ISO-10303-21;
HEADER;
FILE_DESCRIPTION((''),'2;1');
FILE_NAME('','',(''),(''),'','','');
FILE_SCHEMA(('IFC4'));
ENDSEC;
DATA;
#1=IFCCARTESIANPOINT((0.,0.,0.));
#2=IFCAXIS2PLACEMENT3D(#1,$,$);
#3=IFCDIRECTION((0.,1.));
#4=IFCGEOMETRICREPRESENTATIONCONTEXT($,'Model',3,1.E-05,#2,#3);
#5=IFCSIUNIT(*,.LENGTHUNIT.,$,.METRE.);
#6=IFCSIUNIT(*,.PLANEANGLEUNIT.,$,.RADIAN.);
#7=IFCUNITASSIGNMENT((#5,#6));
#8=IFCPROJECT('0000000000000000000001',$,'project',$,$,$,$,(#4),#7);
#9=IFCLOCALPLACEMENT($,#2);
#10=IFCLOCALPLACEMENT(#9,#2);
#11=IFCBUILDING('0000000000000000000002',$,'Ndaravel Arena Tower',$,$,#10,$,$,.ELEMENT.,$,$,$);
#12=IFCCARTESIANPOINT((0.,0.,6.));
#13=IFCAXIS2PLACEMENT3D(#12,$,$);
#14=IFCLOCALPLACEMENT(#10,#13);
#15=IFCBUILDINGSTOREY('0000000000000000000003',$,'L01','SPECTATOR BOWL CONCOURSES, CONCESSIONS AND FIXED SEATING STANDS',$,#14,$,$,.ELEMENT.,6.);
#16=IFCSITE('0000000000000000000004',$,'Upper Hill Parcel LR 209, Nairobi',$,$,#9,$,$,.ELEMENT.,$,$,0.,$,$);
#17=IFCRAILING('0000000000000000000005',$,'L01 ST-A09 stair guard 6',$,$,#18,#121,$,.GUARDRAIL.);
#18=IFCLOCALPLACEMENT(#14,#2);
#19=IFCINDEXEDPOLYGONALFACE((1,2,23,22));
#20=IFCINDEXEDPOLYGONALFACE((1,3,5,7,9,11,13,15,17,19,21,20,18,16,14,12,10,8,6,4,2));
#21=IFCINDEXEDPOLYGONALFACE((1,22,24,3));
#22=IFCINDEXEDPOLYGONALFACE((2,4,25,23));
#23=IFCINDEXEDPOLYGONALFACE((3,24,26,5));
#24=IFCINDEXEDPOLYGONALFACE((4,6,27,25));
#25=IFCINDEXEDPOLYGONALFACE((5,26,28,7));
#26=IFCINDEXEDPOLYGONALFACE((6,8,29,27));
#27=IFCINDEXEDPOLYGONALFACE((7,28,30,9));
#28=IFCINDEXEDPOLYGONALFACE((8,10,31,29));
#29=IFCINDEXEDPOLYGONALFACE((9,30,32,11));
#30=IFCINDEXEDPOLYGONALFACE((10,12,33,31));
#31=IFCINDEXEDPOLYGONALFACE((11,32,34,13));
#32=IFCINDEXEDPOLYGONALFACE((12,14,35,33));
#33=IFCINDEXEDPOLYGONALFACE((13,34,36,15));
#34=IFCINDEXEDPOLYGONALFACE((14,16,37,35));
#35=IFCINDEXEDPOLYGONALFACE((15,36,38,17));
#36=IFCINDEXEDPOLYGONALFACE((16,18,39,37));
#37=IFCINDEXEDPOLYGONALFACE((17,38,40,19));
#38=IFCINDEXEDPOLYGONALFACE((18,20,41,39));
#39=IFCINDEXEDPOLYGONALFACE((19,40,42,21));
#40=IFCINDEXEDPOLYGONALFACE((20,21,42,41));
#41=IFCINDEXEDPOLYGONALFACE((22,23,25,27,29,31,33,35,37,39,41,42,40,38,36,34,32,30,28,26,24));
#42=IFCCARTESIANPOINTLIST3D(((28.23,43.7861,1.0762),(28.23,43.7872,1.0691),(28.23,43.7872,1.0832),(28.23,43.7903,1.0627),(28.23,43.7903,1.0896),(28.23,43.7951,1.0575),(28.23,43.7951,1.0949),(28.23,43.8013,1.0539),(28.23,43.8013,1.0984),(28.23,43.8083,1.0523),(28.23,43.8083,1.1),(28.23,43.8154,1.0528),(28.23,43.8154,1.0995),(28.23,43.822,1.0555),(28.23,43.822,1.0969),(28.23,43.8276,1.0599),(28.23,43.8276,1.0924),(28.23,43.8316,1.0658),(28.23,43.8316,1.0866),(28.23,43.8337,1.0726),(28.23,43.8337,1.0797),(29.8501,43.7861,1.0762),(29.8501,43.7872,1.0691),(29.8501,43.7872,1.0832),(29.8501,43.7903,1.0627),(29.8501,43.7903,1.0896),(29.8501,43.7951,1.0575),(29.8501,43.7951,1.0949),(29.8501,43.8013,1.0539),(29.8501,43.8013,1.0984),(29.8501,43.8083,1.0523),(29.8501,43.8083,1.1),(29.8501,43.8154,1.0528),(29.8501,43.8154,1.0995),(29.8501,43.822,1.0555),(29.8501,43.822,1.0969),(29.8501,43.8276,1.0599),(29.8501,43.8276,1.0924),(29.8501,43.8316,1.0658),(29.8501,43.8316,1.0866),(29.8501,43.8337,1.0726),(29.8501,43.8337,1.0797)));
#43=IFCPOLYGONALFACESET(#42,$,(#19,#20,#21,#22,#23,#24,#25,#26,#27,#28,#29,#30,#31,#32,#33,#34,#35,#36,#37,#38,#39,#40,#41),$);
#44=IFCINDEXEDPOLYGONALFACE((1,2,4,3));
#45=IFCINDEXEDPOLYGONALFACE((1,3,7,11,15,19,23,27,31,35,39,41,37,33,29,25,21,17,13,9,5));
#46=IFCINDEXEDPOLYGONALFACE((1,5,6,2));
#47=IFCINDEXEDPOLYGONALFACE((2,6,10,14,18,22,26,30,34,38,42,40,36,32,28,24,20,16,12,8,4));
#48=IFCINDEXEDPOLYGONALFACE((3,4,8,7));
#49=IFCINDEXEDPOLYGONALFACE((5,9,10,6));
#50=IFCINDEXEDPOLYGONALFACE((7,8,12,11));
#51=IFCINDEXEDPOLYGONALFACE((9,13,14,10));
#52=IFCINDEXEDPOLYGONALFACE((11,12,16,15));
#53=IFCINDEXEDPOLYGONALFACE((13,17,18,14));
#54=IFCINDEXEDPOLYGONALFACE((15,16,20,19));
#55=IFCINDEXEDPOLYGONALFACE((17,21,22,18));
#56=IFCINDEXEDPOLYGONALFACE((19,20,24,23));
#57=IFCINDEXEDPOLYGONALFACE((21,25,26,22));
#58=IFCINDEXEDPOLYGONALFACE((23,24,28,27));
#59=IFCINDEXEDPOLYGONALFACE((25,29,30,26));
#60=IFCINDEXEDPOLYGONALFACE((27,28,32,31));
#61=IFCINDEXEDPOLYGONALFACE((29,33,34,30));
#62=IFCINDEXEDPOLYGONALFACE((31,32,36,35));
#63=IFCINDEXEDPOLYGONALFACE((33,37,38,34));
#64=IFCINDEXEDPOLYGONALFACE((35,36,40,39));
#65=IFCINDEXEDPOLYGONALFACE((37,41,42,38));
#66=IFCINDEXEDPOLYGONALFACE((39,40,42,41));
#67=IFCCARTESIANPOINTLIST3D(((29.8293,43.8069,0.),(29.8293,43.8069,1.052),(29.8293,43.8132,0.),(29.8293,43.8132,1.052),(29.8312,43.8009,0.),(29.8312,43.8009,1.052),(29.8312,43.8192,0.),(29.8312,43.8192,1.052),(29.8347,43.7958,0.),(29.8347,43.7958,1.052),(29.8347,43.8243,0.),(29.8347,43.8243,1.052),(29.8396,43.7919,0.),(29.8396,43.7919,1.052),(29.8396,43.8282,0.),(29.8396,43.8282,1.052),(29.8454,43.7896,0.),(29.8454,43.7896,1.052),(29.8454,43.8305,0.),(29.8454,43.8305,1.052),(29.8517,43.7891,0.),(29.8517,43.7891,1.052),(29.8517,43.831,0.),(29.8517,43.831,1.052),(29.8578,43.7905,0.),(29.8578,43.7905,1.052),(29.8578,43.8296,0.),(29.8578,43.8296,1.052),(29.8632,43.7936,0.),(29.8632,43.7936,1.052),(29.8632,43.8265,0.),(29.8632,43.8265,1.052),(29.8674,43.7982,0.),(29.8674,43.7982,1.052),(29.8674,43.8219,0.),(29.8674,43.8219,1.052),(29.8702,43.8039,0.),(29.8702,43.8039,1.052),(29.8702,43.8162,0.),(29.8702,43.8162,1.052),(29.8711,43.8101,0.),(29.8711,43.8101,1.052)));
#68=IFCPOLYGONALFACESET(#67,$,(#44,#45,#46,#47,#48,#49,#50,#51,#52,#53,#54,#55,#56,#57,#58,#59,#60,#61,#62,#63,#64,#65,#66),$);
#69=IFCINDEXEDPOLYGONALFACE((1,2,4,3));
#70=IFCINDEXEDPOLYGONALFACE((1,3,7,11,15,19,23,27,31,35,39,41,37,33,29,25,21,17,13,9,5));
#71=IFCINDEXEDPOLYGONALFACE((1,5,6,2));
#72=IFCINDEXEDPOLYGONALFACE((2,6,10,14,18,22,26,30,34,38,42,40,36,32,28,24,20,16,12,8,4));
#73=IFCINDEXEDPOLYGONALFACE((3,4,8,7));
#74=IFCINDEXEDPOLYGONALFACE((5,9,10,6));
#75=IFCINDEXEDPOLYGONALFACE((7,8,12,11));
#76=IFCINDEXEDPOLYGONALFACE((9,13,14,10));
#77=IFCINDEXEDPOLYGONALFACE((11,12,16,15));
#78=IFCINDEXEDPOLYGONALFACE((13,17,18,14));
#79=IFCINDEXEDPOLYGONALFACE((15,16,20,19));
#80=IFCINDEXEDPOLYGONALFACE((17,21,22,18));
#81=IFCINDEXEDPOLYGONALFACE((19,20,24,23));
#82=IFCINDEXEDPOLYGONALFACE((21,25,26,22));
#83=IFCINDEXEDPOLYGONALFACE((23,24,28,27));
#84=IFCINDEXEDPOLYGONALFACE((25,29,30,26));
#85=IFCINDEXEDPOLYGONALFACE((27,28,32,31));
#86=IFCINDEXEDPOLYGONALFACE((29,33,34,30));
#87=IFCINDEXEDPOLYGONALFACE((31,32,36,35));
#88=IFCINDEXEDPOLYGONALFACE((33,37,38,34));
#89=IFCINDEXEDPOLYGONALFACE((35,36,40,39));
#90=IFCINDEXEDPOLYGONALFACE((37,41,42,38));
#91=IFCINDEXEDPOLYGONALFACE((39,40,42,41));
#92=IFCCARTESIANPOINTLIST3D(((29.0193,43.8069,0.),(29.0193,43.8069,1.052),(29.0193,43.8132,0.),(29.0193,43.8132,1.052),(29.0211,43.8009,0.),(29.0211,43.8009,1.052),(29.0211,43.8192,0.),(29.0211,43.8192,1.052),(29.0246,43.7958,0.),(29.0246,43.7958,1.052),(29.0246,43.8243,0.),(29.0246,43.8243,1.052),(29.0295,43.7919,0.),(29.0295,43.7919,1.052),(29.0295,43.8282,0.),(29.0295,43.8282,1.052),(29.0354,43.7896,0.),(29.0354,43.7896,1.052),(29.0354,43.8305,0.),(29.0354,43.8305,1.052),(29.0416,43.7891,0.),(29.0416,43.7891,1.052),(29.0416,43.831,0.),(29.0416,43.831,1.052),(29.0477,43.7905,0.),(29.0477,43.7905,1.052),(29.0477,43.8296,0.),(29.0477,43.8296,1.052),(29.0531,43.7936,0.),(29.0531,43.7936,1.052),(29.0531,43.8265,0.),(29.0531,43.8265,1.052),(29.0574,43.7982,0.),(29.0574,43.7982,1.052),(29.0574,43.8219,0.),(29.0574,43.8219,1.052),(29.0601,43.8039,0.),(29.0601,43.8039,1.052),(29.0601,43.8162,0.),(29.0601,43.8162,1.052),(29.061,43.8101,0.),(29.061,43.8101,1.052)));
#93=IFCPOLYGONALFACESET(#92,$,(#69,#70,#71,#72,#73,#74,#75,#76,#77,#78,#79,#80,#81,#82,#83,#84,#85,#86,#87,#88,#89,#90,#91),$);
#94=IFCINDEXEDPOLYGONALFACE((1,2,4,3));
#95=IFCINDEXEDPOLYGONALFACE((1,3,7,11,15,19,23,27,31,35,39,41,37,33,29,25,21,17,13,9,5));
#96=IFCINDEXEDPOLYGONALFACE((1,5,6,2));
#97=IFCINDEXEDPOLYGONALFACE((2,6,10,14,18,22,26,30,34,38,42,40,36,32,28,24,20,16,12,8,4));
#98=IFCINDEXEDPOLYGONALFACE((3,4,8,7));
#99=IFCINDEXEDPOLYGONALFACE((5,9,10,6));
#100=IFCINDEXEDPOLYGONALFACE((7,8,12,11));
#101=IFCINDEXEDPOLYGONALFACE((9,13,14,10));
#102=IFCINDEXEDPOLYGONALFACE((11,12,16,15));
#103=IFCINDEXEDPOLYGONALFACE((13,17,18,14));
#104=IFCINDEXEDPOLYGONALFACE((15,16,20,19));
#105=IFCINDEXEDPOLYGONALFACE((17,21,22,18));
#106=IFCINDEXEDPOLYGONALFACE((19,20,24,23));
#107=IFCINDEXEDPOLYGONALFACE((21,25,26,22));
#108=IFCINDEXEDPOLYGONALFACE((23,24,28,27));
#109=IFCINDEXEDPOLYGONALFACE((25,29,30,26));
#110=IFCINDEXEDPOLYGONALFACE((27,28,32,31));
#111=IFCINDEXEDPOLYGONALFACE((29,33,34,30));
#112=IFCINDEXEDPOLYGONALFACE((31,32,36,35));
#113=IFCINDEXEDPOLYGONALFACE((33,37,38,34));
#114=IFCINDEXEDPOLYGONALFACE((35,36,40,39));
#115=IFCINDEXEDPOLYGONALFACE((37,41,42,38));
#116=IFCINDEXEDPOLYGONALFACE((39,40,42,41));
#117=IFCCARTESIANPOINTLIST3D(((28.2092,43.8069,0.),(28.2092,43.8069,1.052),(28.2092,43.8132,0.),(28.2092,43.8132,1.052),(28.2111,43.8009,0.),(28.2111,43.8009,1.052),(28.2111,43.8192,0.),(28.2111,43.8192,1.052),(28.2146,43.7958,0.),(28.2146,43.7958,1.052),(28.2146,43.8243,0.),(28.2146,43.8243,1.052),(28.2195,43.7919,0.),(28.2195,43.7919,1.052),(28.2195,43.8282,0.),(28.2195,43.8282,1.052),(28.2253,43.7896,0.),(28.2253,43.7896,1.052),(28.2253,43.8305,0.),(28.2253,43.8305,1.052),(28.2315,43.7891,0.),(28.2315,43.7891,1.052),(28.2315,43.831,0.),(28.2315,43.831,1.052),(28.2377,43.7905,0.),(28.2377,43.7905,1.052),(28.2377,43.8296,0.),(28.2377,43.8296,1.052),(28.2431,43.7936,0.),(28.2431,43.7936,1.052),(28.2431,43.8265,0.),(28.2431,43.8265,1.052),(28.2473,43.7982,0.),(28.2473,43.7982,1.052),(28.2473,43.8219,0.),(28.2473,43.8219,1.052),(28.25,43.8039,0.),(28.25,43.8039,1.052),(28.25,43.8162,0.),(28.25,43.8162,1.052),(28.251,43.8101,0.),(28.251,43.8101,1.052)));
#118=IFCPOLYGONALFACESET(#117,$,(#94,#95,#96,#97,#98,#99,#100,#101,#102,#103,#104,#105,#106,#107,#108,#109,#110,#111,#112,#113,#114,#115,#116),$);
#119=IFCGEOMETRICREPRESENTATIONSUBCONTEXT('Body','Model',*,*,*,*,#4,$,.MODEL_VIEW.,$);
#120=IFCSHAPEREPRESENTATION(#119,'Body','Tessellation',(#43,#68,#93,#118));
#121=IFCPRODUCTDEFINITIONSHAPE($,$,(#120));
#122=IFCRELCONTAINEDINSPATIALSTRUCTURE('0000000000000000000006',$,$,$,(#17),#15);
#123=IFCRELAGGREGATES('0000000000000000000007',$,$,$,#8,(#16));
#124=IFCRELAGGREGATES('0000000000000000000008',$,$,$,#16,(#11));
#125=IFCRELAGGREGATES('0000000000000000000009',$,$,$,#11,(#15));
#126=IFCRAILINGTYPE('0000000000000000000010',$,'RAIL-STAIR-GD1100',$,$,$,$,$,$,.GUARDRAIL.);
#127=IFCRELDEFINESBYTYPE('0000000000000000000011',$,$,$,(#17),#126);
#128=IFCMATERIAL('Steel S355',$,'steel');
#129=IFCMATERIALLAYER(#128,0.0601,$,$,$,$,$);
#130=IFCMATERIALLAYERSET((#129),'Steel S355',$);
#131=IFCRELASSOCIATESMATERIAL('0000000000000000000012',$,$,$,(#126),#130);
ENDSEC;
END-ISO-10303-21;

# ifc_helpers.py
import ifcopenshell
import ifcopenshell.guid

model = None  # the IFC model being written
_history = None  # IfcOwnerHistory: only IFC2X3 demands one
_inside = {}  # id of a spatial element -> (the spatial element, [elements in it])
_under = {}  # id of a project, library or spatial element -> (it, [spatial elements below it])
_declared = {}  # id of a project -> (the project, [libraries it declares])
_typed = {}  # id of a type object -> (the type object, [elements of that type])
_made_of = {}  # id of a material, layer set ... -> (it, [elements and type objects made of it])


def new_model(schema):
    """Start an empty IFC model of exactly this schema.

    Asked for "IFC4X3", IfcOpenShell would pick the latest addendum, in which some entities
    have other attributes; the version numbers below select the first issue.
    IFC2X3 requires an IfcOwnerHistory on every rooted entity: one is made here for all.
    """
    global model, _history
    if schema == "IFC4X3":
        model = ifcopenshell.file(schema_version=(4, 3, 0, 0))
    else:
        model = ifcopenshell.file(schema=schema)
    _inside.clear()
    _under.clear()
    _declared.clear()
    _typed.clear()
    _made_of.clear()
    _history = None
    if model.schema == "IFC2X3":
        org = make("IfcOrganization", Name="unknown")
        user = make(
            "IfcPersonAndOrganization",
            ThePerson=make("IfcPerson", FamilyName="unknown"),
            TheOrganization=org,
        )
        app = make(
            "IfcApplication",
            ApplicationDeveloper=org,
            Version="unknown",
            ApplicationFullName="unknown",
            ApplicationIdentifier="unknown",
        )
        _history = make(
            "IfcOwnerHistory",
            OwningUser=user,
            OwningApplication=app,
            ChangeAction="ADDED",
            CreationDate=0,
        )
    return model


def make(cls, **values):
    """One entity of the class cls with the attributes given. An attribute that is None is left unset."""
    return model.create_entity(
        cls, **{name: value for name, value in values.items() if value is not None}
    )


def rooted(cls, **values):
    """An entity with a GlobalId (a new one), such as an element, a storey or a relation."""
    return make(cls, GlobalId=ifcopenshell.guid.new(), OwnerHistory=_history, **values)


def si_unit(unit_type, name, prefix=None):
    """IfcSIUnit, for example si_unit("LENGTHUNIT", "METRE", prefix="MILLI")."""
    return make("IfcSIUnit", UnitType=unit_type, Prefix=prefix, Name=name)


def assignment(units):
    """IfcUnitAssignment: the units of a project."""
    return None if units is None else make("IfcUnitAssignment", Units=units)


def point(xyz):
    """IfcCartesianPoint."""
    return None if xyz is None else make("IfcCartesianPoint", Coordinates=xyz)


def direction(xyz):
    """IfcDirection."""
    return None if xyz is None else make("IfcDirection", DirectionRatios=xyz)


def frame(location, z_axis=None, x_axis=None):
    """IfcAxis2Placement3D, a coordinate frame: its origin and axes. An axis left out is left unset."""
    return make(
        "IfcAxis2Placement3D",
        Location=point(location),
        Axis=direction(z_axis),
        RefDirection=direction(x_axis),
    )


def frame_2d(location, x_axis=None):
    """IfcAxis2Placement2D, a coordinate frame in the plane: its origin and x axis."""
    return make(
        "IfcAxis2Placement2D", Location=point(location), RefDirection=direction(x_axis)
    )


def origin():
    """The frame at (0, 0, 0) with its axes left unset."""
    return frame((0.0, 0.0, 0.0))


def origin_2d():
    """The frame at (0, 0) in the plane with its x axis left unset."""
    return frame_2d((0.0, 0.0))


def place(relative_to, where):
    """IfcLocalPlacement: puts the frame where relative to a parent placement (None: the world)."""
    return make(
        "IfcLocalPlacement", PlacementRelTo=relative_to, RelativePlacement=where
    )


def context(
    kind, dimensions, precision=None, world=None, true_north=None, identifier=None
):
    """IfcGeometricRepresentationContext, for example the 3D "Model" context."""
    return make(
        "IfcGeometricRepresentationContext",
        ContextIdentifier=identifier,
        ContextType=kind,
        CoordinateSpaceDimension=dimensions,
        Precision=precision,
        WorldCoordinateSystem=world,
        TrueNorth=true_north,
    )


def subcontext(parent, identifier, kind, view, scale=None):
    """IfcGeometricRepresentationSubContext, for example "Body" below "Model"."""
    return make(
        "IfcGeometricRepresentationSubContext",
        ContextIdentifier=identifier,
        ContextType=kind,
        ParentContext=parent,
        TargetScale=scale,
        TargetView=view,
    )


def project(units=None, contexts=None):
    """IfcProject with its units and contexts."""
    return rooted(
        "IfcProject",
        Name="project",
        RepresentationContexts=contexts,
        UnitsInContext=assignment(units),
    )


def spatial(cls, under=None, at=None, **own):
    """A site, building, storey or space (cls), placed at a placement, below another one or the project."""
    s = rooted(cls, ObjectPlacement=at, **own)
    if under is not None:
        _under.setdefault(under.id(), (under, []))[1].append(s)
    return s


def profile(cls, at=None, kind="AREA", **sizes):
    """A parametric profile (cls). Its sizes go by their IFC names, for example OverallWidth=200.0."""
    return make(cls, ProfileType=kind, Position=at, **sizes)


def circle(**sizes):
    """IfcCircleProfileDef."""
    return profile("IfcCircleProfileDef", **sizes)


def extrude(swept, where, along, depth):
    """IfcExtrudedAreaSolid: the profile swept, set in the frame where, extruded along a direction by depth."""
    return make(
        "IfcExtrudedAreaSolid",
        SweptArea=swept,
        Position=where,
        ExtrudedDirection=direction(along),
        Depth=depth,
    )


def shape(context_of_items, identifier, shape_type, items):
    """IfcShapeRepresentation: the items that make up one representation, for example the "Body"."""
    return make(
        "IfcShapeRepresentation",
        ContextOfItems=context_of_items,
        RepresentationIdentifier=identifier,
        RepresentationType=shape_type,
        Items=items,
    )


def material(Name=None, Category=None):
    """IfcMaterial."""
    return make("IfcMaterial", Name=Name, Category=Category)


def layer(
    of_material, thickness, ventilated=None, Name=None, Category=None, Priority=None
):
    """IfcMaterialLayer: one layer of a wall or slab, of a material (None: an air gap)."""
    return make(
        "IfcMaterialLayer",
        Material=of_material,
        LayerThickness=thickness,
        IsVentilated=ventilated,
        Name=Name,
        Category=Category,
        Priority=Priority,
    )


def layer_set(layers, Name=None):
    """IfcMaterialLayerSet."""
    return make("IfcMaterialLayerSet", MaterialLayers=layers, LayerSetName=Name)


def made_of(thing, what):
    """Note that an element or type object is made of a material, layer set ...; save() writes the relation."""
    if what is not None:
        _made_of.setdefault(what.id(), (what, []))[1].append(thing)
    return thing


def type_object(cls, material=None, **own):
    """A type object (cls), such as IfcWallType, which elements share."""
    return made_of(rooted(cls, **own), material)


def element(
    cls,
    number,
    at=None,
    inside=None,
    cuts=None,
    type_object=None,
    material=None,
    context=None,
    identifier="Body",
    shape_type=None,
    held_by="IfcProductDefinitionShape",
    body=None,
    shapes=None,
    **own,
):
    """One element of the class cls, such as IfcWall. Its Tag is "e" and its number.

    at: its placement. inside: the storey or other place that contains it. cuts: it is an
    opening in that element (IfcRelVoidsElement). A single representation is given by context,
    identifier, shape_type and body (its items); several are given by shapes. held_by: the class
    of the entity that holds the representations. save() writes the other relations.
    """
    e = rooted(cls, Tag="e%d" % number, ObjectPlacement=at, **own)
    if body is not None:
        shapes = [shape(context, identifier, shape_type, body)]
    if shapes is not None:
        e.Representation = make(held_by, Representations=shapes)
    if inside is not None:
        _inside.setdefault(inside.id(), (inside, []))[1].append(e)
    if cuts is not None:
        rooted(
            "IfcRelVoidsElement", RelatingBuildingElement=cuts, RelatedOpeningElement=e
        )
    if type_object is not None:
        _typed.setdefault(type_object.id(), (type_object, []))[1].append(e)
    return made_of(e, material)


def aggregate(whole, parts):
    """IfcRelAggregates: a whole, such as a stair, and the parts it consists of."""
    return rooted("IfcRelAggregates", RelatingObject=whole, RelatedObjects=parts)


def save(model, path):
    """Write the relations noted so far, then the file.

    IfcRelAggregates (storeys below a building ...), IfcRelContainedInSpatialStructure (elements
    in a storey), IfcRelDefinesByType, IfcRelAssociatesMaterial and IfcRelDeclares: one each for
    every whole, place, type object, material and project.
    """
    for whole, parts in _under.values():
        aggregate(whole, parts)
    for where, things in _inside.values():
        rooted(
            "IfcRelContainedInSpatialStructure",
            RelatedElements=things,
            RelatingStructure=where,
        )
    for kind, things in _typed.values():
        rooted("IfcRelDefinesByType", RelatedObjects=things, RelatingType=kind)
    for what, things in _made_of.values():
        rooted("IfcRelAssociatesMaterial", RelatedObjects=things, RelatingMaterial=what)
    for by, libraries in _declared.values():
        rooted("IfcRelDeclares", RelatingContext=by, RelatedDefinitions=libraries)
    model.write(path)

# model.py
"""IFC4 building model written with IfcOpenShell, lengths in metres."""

from ifc_helpers import new_model, si_unit, direction, frame, origin, origin_2d, place, context, subcontext, project, spatial, circle, extrude, material, layer, layer_set, type_object, element, save


model = new_model("IFC4")

# Units and contexts
model_context = context("Model", 3, precision=1e-05, world=origin(), true_north=direction((0.0, 1.0)))
body_context = subcontext(model_context, "Body", "Model", "MODEL_VIEW")
ifc_project = project(units=[si_unit("LENGTHUNIT", "METRE"), si_unit("PLANEANGLEUNIT", "RADIAN")], contexts=[model_context])

# Site, building, storey
site_placement = place(None, origin())
site = spatial("IfcSite", under=ifc_project, at=site_placement, Name="Upper Hill Parcel LR 209, Nairobi", CompositionType="ELEMENT", RefElevation=0.0)
building_placement = place(site_placement, origin())
building = spatial("IfcBuilding", under=site, at=building_placement, Name="Ndaravel Arena Tower", CompositionType="ELEMENT")
storey_placement = place(building_placement, frame((0.0, 0.0, 6.0)))
storey = spatial("IfcBuildingStorey", under=building, at=storey_placement, Name="L01", Description="SPECTATOR BOWL CONCOURSES, CONCESSIONS AND FIXED SEATING STANDS", CompositionType="ELEMENT", Elevation=6.0)

# Railing
ifc_material_1 = material(Name="Steel S355", Category="steel")
ifc_layer_1 = layer(ifc_material_1, 0.0601)
ifc_layer_set_1 = layer_set([ifc_layer_1], Name="Steel S355")
railing_type_1 = type_object("IfcRailingType", Name="RAIL-STAIR-GD1100", PredefinedType="GUARDRAIL", material=ifc_layer_set_1)
for number, where, name in (
    (1, (29.8501, 43.8101, 0.0), "L01 ST-A09 stair guard 6"),
):
    element("IfcRailing", number, at=place(storey_placement, frame(where)), inside=storey, type_object=railing_type_1, Name=name, PredefinedType="GUARDRAIL", context=body_context, shape_type="SweptSolid", body=[
        extrude(circle(Radius=0.0239, at=origin_2d()), frame((0.0, 0.0, 1.0762), z_axis=(-1.0, 0.0, 0.0), x_axis=(0.0, -1.0, 0.0)), (0.0, 0.0, 1.0), 1.6201),
        extrude(circle(Radius=0.021, at=origin_2d()), origin(), (0.0, 0.0, 1.0), 1.052),
        extrude(circle(Radius=0.021, at=origin_2d()), frame((-0.8101, 0.0, 0.0)), (0.0, 0.0, 1.0), 1.052),
        extrude(circle(Radius=0.021, at=origin_2d()), frame((-1.6201, 0.0, 0.0)), (0.0, 0.0, 1.0), 1.052),
    ])

save(model, "model.ifc")
